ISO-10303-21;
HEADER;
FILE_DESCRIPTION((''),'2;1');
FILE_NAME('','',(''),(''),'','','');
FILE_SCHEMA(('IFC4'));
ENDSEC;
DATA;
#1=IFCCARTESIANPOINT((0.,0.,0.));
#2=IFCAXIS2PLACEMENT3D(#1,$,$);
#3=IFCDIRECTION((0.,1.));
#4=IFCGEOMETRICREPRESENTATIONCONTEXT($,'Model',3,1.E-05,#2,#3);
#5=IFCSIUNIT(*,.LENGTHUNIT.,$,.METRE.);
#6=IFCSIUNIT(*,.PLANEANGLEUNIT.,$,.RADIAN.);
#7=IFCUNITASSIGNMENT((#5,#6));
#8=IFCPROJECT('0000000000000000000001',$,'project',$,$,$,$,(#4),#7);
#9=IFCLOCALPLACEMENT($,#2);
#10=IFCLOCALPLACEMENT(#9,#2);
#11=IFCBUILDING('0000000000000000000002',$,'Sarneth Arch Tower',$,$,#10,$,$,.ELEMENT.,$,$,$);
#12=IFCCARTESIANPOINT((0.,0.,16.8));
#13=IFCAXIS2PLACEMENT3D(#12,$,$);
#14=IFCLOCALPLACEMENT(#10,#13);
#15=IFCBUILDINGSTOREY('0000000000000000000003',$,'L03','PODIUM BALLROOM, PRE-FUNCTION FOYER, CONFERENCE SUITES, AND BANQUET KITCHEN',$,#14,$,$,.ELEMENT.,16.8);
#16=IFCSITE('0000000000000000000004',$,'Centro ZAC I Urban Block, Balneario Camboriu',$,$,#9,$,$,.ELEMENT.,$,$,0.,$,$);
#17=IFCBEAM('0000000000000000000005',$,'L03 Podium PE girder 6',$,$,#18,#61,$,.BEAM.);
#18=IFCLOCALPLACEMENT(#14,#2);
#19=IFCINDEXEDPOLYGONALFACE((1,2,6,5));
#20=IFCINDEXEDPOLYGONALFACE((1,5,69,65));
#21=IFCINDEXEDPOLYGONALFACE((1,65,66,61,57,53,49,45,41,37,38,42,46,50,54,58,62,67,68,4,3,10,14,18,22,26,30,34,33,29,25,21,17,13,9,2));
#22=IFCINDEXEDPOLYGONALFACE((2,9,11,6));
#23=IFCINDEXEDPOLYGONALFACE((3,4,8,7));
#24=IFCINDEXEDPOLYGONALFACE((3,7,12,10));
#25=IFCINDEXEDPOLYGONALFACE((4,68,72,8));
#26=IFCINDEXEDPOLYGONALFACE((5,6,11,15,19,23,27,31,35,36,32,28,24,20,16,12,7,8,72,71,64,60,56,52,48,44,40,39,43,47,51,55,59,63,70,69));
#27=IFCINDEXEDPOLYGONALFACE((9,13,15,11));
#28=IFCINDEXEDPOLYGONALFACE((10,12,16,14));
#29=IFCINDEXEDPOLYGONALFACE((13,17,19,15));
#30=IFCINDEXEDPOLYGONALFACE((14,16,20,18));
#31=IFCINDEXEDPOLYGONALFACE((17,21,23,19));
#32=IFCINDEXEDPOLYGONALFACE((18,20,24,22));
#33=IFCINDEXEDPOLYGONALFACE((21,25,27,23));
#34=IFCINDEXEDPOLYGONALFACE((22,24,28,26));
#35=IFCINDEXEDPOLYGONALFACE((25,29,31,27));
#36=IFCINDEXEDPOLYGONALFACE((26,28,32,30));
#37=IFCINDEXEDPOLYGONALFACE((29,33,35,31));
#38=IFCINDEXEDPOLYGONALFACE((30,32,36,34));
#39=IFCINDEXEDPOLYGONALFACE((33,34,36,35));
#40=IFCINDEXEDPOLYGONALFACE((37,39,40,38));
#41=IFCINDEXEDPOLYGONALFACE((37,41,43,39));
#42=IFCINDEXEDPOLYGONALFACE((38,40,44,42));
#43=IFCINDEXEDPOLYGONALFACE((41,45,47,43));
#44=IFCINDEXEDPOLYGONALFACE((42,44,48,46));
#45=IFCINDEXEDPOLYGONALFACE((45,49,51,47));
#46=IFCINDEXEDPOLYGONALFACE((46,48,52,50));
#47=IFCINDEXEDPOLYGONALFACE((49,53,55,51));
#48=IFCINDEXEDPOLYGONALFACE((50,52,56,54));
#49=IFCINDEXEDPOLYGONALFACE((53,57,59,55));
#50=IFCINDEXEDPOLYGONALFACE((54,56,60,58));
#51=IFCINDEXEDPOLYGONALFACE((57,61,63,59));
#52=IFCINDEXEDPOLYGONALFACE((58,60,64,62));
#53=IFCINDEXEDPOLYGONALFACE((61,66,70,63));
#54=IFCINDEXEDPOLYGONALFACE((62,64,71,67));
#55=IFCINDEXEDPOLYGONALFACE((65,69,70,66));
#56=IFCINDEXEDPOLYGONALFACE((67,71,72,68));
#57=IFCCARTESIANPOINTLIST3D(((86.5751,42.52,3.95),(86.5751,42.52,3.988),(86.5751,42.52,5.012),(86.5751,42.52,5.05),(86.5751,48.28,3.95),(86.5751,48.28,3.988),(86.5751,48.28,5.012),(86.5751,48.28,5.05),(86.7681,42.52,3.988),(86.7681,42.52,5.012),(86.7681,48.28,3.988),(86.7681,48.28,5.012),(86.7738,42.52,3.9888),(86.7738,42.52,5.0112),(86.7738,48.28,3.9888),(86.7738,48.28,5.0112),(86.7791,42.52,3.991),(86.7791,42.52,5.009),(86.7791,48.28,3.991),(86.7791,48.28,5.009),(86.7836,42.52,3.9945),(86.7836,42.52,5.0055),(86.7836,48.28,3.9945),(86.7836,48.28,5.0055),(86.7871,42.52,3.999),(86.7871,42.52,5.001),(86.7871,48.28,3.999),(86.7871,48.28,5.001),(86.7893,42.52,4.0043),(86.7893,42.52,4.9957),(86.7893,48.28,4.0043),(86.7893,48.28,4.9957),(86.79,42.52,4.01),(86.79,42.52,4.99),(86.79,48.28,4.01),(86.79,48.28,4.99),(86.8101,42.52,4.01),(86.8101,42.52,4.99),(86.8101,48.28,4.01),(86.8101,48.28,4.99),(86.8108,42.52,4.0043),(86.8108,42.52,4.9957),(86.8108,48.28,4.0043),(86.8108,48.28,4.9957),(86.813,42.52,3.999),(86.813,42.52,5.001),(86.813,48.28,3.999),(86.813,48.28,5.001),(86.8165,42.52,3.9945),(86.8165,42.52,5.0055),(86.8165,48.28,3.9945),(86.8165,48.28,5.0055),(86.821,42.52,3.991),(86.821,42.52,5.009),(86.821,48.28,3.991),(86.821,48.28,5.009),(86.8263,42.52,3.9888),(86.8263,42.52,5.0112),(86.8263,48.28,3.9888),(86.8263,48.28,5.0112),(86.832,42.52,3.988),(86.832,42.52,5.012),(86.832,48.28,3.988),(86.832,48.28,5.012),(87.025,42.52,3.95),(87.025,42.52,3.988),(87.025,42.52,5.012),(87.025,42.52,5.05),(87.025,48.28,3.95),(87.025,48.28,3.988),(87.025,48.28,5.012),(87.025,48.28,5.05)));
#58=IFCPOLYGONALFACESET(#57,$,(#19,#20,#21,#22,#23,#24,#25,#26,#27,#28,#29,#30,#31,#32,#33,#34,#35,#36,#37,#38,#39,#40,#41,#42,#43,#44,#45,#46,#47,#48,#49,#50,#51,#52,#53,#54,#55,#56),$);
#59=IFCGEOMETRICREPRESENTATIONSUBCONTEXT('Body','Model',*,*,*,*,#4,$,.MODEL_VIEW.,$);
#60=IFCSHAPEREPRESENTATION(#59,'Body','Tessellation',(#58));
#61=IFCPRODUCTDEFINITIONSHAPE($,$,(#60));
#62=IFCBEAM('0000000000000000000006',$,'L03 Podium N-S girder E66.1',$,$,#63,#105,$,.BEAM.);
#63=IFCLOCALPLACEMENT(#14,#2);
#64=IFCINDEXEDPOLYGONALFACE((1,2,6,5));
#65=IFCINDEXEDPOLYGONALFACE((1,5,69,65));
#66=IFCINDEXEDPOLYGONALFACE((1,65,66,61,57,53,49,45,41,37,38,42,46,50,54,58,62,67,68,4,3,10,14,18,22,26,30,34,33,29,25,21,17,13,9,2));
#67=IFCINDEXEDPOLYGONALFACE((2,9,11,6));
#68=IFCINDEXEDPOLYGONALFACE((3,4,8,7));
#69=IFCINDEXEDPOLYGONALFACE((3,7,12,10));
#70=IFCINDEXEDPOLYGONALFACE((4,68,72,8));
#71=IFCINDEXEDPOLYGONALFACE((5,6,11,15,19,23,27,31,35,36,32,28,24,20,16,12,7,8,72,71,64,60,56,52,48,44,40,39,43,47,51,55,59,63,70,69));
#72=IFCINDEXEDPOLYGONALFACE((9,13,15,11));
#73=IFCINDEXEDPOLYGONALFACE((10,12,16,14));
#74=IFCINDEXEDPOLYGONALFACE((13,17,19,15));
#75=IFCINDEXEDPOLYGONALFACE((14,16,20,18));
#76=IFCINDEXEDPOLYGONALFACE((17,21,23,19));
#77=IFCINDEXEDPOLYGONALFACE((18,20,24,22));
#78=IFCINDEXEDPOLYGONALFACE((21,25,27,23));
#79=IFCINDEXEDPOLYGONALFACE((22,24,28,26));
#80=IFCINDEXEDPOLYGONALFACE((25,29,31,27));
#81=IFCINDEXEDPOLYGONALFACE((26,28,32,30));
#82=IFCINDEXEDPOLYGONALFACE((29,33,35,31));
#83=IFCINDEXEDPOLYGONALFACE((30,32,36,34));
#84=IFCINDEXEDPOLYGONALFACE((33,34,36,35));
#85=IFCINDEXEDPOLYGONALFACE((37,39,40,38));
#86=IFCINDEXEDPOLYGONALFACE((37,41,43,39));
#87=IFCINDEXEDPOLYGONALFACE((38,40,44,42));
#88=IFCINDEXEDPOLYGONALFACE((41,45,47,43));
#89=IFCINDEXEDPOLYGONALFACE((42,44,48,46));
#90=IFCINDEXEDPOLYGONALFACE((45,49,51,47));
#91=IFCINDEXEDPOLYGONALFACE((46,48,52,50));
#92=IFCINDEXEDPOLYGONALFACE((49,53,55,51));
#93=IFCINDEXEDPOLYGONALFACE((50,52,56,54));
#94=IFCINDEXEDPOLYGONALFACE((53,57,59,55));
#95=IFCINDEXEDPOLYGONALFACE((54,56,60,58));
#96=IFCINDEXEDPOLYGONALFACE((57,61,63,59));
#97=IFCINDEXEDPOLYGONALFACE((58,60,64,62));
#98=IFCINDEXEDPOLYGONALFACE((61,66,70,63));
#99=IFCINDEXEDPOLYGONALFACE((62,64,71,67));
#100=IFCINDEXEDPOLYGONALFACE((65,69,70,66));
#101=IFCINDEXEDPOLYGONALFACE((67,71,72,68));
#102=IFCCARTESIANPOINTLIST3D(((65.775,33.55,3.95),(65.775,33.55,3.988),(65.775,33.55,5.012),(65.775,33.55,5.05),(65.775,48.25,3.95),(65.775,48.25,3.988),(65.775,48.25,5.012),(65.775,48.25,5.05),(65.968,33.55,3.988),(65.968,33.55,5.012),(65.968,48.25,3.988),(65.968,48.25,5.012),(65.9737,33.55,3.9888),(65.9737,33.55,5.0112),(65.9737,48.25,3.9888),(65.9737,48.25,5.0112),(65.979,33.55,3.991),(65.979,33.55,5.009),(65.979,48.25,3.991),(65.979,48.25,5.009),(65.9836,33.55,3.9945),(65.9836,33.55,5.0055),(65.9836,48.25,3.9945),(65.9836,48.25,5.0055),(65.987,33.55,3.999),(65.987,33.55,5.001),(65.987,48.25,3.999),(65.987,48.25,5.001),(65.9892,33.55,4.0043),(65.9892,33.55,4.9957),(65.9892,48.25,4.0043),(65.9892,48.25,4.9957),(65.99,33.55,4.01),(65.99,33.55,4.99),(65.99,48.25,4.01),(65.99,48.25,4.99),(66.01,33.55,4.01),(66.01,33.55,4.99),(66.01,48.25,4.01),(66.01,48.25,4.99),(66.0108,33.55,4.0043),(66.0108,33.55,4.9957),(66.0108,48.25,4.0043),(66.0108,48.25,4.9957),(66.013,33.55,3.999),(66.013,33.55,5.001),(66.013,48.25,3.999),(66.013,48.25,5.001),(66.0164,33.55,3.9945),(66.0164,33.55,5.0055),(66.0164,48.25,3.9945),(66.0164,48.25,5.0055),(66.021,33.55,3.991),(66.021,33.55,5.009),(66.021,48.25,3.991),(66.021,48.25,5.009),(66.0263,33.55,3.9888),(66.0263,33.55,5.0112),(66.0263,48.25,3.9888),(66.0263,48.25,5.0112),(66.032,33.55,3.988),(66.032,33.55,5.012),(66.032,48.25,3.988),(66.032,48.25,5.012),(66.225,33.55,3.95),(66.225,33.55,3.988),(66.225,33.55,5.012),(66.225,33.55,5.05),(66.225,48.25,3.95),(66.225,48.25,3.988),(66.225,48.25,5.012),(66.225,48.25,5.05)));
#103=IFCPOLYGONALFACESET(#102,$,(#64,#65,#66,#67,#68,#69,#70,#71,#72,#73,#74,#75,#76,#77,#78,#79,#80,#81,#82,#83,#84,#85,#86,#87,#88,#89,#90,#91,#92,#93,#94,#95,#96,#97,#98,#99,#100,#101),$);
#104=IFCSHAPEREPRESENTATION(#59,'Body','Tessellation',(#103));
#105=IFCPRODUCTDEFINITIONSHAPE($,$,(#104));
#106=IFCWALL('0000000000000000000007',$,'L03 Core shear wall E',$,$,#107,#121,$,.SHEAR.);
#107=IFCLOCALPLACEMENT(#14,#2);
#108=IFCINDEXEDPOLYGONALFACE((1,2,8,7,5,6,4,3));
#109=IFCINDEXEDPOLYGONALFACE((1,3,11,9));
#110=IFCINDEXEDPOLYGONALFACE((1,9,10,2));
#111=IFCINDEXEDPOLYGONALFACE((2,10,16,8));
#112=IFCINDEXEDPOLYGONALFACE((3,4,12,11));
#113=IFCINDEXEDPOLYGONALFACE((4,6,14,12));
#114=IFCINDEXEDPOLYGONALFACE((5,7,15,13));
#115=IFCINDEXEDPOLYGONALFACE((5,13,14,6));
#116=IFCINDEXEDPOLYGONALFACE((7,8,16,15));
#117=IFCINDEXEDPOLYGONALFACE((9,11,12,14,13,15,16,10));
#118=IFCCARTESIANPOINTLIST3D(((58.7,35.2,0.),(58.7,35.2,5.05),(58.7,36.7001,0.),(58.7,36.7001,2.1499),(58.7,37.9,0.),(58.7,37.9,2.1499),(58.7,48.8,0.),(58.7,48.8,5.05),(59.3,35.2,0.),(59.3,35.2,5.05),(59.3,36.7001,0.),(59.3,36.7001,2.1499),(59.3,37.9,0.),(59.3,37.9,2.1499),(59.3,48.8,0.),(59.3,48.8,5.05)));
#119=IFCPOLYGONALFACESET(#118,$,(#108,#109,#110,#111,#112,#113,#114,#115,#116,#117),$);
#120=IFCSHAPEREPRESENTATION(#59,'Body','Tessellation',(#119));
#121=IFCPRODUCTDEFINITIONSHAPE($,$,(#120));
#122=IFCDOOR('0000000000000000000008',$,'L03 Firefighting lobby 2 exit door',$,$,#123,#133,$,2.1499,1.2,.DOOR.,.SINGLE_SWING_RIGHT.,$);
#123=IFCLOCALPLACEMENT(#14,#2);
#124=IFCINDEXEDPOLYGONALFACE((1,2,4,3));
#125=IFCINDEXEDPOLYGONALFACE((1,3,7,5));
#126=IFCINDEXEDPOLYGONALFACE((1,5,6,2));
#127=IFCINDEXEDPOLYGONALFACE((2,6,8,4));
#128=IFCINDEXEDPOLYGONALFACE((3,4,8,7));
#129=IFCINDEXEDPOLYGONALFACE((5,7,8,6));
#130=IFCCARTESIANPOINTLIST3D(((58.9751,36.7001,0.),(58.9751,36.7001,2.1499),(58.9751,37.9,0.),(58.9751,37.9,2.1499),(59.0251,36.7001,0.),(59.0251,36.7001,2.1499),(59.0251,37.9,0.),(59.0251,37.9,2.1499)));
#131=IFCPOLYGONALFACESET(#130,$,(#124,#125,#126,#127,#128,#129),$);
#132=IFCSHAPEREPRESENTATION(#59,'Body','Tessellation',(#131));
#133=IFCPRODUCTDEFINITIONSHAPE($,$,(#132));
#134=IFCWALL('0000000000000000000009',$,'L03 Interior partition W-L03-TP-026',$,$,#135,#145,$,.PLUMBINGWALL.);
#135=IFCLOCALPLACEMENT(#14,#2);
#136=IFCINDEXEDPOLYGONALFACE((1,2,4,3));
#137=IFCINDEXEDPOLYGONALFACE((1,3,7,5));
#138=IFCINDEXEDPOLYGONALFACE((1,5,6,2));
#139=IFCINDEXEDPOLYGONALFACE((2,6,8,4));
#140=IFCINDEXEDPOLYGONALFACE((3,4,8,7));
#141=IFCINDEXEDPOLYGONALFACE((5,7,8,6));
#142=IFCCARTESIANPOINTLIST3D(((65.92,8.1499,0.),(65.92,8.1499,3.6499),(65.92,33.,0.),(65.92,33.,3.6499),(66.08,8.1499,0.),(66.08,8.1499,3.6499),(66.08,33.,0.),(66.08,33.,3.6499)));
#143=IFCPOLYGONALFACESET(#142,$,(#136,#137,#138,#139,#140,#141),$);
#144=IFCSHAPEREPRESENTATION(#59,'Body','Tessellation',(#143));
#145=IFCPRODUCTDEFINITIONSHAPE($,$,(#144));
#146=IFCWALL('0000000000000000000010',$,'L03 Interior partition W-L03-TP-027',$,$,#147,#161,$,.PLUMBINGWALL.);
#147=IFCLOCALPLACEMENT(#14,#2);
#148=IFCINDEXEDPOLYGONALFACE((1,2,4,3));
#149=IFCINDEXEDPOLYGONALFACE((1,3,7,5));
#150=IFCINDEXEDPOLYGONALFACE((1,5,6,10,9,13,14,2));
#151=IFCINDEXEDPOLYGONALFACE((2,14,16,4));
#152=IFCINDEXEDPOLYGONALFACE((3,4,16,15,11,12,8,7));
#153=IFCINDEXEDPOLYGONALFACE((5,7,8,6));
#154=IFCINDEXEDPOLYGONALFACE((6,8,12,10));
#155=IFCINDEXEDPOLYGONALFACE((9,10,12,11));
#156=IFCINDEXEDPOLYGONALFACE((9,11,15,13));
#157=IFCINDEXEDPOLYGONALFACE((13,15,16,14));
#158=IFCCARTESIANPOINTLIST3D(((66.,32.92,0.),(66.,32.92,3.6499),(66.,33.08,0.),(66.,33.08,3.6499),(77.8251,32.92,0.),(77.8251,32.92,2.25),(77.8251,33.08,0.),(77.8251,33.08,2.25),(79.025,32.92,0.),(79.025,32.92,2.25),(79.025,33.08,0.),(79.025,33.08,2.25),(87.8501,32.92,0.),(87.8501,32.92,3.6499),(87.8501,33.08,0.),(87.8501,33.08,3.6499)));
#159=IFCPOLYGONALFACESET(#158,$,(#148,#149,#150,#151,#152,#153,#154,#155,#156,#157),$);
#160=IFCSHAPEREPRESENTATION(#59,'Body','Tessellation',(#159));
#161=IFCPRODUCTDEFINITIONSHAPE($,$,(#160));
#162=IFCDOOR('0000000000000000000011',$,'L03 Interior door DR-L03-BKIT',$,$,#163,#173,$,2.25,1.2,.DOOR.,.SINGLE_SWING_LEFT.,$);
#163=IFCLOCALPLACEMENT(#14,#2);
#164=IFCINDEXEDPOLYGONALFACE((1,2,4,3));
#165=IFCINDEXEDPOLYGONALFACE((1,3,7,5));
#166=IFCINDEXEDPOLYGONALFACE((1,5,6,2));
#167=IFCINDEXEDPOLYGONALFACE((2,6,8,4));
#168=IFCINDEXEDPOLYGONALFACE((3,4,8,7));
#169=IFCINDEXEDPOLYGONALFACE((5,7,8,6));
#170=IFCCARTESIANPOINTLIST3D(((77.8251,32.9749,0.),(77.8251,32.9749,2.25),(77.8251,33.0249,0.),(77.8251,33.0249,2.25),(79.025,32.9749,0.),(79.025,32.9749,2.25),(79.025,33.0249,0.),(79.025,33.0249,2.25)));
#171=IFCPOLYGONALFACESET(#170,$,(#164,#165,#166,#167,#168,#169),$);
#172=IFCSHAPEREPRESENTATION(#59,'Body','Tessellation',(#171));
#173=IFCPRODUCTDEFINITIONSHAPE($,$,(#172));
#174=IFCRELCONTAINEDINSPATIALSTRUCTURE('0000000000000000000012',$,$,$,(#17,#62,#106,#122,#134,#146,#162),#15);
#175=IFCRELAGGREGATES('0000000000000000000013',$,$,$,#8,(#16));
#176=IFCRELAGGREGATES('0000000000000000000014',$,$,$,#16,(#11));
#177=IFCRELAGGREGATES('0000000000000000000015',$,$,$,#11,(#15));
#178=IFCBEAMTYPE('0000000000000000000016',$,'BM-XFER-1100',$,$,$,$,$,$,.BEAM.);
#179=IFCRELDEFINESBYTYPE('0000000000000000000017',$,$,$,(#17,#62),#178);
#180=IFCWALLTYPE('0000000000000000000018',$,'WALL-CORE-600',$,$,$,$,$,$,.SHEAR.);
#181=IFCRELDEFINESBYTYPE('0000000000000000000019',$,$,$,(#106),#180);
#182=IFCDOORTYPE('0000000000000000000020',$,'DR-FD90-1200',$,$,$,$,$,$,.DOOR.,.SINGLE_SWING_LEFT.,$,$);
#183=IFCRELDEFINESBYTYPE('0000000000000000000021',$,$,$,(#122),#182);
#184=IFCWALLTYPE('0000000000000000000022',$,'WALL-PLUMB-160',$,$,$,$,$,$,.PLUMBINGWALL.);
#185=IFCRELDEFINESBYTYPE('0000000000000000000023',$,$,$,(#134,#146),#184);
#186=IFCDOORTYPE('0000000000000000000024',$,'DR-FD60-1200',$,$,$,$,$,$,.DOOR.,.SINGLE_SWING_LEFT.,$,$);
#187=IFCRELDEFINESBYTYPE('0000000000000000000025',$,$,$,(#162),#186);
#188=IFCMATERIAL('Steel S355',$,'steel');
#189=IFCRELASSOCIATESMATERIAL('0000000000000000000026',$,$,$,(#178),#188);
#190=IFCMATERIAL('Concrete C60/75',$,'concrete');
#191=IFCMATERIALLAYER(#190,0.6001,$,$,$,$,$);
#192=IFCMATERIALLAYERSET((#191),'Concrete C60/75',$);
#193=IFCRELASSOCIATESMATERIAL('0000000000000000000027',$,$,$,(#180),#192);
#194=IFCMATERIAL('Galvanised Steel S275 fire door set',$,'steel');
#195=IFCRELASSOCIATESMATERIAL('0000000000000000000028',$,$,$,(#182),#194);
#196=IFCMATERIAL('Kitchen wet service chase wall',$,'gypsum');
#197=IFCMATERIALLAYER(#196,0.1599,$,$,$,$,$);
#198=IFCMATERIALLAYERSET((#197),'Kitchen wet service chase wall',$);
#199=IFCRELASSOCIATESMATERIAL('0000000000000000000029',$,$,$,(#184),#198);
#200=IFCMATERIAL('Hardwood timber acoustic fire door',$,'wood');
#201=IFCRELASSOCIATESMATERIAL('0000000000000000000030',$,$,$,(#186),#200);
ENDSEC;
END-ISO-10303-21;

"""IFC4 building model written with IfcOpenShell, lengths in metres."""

from ifc_helpers import new_model, si_unit, direction, frame, frame_2d, origin, origin_2d, place, context, subcontext, project, spatial, rectangle, i_section, extrude, material, layer, layer_set, material_profile, profile_set, type_object, element, fill, save


model = new_model("IFC4")

# Units and contexts
model_context = context("Model", 3, precision=1e-05, world=origin(), true_north=direction((0.0, 1.0)))
body_context = subcontext(model_context, "Body", "Model", "MODEL_VIEW")
ifc_project = project(units=[si_unit("LENGTHUNIT", "METRE"), si_unit("PLANEANGLEUNIT", "RADIAN")], contexts=[model_context])

# Site, building, storey
site_placement = place(None, origin())
site = spatial("IfcSite", under=ifc_project, at=site_placement, Name="Centro ZAC I Urban Block, Balneario Camboriu", CompositionType="ELEMENT", RefElevation=0.0)
building_placement = place(site_placement, origin())
building = spatial("IfcBuilding", under=site, at=building_placement, Name="Sarneth Arch Tower", CompositionType="ELEMENT")
storey_placement = place(building_placement, frame((0.0, 0.0, 16.8)))
storey = spatial("IfcBuildingStorey", under=building, at=storey_placement, Name="L03", Description="PODIUM BALLROOM, PRE-FUNCTION FOYER, CONFERENCE SUITES, AND BANQUET KITCHEN", CompositionType="ELEMENT", Elevation=16.8)

# Beams
ifc_material_1 = material(Name="Steel S355", Category="steel")
ifc_material_profile_1 = material_profile(ifc_material_1, i_section(OverallWidth=0.45, OverallDepth=1.1001, WebThickness=0.02, FlangeThickness=0.0381, FilletRadius=0.022, at=origin_2d()), Name="CVS1100x456")
ifc_profile_set_1 = profile_set([ifc_material_profile_1], Name="Steel S355")
beam_type = type_object("IfcBeamType", Name="BM-XFER-1100", PredefinedType="BEAM", material=ifc_profile_set_1)
beam_1_placement = place(storey_placement, frame((86.8, 42.52, 4.5), z_axis=(0.0, 1.0, 0.0), x_axis=(-1.0, 0.0, 0.0)))
element("IfcBeam", 1, at=beam_1_placement, inside=storey, type_object=beam_type, Name="L03 Podium PE girder 6", PredefinedType="BEAM", context=body_context, shape_type="SweptSolid", body=[
    extrude(i_section(OverallWidth=0.45, OverallDepth=1.1001, WebThickness=0.02, FlangeThickness=0.0381, FilletRadius=0.022, at=origin_2d()), origin(), (0.0, 0.0, 1.0), 5.76),
])
beam_2_placement = place(storey_placement, frame((66.0, 33.55, 4.5), z_axis=(0.0, 1.0, 0.0), x_axis=(-1.0, 0.0, 0.0)))
element("IfcBeam", 2, at=beam_2_placement, inside=storey, type_object=beam_type, Name="L03 Podium N-S girder E66.1", PredefinedType="BEAM", context=body_context, shape_type="SweptSolid", body=[
    extrude(i_section(OverallWidth=0.45, OverallDepth=1.1001, WebThickness=0.02, FlangeThickness=0.0381, FilletRadius=0.022, at=origin_2d()), origin(), (0.0, 0.0, 1.0), 14.7),
])

# Wall, opening, door
ifc_material_2 = material(Name="Concrete C60/75", Category="concrete")
ifc_layer_1 = layer(ifc_material_2, 0.6001)
ifc_layer_set_1 = layer_set([ifc_layer_1], Name="Concrete C60/75")
wall_type_1 = type_object("IfcWallType", Name="WALL-CORE-600", PredefinedType="SHEAR", material=ifc_layer_set_1)
wall_1_placement = place(storey_placement, frame((59.0, 35.2, 0.0), z_axis=(0.0, 0.0, 1.0), x_axis=(0.0, 1.0, 0.0)))
wall_1 = element("IfcWall", 3, at=wall_1_placement, inside=storey, type_object=wall_type_1, Name="L03 Core shear wall E", PredefinedType="SHEAR", context=body_context, shape_type="SweptSolid", body=[
    extrude(rectangle(XDim=13.6001, YDim=0.6001, at=frame_2d((6.8, 0.0))), origin(), (0.0, 0.0, 1.0), 5.05),
])
opening_1_placement = place(wall_1_placement, frame((1.5, 0.0, 0.0)))
opening_1 = element("IfcOpeningElement", 4, at=opening_1_placement, cuts=wall_1, PredefinedType="OPENING", context=body_context, shape_type="SweptSolid", body=[
    extrude(rectangle(XDim=1.2, YDim=2.1499, at=frame_2d((0.6001, 1.075))), frame((0.0, 0.3101, 0.0), z_axis=(0.0, -1.0, 0.0), x_axis=(1.0, 0.0, 0.0)), (0.0, 0.0, 1.0), 0.6201),
])
ifc_material_3 = material(Name="Galvanised Steel S275 fire door set", Category="steel")
door_type_1 = type_object("IfcDoorType", Name="DR-FD90-1200", OperationType="SINGLE_SWING_LEFT", PredefinedType="DOOR", material=ifc_material_3)
door_1_placement = place(opening_1_placement, origin())
door_1 = element("IfcDoor", 5, at=door_1_placement, inside=storey, type_object=door_type_1, Name="L03 Firefighting lobby 2 exit door", OperationType="SINGLE_SWING_RIGHT", OverallHeight=2.1499, OverallWidth=1.2, PredefinedType="DOOR", context=body_context, shape_type="SweptSolid", body=[
    extrude(rectangle(XDim=1.2, YDim=2.1499, at=frame_2d((0.6001, 1.075))), frame((0.0, 0.0249, 0.0), z_axis=(0.0, -1.0, 0.0), x_axis=(1.0, 0.0, 0.0)), (0.0, 0.0, 1.0), 0.05),
])
fill(opening_1, door_1)

# Wall
ifc_material_4 = material(Name="Kitchen wet service chase wall", Category="gypsum")
ifc_layer_2 = layer(ifc_material_4, 0.1599)
ifc_layer_set_2 = layer_set([ifc_layer_2], Name="Kitchen wet service chase wall")
wall_type_2 = type_object("IfcWallType", Name="WALL-PLUMB-160", PredefinedType="PLUMBINGWALL", material=ifc_layer_set_2)
wall_2_placement = place(storey_placement, frame((66.0, 33.0, 0.0), z_axis=(0.0, 0.0, 1.0), x_axis=(0.0, -1.0, 0.0)))
element("IfcWall", 6, at=wall_2_placement, inside=storey, type_object=wall_type_2, Name="L03 Interior partition W-L03-TP-026", PredefinedType="PLUMBINGWALL", context=body_context, shape_type="SweptSolid", body=[
    extrude(rectangle(XDim=24.8501, YDim=0.1599, at=frame_2d((12.425, 0.0))), origin(), (0.0, 0.0, 1.0), 3.6499),
])

# Wall, opening, door
wall_3_placement = place(storey_placement, frame((66.0, 33.0, 0.0), z_axis=(0.0, 0.0, 1.0), x_axis=(1.0, 0.0, 0.0)))
wall_3 = element("IfcWall", 7, at=wall_3_placement, inside=storey, type_object=wall_type_2, Name="L03 Interior partition W-L03-TP-027", PredefinedType="PLUMBINGWALL", context=body_context, shape_type="SweptSolid", body=[
    extrude(rectangle(XDim=21.8501, YDim=0.1599, at=frame_2d((10.925, 0.0))), origin(), (0.0, 0.0, 1.0), 3.6499),
])
opening_2_placement = place(wall_3_placement, frame((11.825, 0.0, 0.0)))
opening_2 = element("IfcOpeningElement", 8, at=opening_2_placement, cuts=wall_3, PredefinedType="OPENING", context=body_context, shape_type="SweptSolid", body=[
    extrude(rectangle(XDim=1.2, YDim=2.25, at=frame_2d((0.6001, 1.125))), frame((0.0, 0.0898, 0.0), z_axis=(0.0, -1.0, 0.0), x_axis=(1.0, 0.0, 0.0)), (0.0, 0.0, 1.0), 0.1799),
])
ifc_material_5 = material(Name="Hardwood timber acoustic fire door", Category="wood")
door_type_2 = type_object("IfcDoorType", Name="DR-FD60-1200", OperationType="SINGLE_SWING_LEFT", PredefinedType="DOOR", material=ifc_material_5)
door_2_placement = place(opening_2_placement, origin())
door_2 = element("IfcDoor", 9, at=door_2_placement, inside=storey, type_object=door_type_2, Name="L03 Interior door DR-L03-BKIT", OperationType="SINGLE_SWING_LEFT", OverallHeight=2.25, OverallWidth=1.2, PredefinedType="DOOR", context=body_context, shape_type="SweptSolid", body=[
    extrude(rectangle(XDim=1.2, YDim=2.25, at=frame_2d((0.6001, 1.125))), frame((0.0, 0.0249, 0.0), z_axis=(0.0, -1.0, 0.0), x_axis=(1.0, 0.0, 0.0)), (0.0, 0.0, 1.0), 0.05),
])
fill(opening_2, door_2)

save(model, "model.ifc")
